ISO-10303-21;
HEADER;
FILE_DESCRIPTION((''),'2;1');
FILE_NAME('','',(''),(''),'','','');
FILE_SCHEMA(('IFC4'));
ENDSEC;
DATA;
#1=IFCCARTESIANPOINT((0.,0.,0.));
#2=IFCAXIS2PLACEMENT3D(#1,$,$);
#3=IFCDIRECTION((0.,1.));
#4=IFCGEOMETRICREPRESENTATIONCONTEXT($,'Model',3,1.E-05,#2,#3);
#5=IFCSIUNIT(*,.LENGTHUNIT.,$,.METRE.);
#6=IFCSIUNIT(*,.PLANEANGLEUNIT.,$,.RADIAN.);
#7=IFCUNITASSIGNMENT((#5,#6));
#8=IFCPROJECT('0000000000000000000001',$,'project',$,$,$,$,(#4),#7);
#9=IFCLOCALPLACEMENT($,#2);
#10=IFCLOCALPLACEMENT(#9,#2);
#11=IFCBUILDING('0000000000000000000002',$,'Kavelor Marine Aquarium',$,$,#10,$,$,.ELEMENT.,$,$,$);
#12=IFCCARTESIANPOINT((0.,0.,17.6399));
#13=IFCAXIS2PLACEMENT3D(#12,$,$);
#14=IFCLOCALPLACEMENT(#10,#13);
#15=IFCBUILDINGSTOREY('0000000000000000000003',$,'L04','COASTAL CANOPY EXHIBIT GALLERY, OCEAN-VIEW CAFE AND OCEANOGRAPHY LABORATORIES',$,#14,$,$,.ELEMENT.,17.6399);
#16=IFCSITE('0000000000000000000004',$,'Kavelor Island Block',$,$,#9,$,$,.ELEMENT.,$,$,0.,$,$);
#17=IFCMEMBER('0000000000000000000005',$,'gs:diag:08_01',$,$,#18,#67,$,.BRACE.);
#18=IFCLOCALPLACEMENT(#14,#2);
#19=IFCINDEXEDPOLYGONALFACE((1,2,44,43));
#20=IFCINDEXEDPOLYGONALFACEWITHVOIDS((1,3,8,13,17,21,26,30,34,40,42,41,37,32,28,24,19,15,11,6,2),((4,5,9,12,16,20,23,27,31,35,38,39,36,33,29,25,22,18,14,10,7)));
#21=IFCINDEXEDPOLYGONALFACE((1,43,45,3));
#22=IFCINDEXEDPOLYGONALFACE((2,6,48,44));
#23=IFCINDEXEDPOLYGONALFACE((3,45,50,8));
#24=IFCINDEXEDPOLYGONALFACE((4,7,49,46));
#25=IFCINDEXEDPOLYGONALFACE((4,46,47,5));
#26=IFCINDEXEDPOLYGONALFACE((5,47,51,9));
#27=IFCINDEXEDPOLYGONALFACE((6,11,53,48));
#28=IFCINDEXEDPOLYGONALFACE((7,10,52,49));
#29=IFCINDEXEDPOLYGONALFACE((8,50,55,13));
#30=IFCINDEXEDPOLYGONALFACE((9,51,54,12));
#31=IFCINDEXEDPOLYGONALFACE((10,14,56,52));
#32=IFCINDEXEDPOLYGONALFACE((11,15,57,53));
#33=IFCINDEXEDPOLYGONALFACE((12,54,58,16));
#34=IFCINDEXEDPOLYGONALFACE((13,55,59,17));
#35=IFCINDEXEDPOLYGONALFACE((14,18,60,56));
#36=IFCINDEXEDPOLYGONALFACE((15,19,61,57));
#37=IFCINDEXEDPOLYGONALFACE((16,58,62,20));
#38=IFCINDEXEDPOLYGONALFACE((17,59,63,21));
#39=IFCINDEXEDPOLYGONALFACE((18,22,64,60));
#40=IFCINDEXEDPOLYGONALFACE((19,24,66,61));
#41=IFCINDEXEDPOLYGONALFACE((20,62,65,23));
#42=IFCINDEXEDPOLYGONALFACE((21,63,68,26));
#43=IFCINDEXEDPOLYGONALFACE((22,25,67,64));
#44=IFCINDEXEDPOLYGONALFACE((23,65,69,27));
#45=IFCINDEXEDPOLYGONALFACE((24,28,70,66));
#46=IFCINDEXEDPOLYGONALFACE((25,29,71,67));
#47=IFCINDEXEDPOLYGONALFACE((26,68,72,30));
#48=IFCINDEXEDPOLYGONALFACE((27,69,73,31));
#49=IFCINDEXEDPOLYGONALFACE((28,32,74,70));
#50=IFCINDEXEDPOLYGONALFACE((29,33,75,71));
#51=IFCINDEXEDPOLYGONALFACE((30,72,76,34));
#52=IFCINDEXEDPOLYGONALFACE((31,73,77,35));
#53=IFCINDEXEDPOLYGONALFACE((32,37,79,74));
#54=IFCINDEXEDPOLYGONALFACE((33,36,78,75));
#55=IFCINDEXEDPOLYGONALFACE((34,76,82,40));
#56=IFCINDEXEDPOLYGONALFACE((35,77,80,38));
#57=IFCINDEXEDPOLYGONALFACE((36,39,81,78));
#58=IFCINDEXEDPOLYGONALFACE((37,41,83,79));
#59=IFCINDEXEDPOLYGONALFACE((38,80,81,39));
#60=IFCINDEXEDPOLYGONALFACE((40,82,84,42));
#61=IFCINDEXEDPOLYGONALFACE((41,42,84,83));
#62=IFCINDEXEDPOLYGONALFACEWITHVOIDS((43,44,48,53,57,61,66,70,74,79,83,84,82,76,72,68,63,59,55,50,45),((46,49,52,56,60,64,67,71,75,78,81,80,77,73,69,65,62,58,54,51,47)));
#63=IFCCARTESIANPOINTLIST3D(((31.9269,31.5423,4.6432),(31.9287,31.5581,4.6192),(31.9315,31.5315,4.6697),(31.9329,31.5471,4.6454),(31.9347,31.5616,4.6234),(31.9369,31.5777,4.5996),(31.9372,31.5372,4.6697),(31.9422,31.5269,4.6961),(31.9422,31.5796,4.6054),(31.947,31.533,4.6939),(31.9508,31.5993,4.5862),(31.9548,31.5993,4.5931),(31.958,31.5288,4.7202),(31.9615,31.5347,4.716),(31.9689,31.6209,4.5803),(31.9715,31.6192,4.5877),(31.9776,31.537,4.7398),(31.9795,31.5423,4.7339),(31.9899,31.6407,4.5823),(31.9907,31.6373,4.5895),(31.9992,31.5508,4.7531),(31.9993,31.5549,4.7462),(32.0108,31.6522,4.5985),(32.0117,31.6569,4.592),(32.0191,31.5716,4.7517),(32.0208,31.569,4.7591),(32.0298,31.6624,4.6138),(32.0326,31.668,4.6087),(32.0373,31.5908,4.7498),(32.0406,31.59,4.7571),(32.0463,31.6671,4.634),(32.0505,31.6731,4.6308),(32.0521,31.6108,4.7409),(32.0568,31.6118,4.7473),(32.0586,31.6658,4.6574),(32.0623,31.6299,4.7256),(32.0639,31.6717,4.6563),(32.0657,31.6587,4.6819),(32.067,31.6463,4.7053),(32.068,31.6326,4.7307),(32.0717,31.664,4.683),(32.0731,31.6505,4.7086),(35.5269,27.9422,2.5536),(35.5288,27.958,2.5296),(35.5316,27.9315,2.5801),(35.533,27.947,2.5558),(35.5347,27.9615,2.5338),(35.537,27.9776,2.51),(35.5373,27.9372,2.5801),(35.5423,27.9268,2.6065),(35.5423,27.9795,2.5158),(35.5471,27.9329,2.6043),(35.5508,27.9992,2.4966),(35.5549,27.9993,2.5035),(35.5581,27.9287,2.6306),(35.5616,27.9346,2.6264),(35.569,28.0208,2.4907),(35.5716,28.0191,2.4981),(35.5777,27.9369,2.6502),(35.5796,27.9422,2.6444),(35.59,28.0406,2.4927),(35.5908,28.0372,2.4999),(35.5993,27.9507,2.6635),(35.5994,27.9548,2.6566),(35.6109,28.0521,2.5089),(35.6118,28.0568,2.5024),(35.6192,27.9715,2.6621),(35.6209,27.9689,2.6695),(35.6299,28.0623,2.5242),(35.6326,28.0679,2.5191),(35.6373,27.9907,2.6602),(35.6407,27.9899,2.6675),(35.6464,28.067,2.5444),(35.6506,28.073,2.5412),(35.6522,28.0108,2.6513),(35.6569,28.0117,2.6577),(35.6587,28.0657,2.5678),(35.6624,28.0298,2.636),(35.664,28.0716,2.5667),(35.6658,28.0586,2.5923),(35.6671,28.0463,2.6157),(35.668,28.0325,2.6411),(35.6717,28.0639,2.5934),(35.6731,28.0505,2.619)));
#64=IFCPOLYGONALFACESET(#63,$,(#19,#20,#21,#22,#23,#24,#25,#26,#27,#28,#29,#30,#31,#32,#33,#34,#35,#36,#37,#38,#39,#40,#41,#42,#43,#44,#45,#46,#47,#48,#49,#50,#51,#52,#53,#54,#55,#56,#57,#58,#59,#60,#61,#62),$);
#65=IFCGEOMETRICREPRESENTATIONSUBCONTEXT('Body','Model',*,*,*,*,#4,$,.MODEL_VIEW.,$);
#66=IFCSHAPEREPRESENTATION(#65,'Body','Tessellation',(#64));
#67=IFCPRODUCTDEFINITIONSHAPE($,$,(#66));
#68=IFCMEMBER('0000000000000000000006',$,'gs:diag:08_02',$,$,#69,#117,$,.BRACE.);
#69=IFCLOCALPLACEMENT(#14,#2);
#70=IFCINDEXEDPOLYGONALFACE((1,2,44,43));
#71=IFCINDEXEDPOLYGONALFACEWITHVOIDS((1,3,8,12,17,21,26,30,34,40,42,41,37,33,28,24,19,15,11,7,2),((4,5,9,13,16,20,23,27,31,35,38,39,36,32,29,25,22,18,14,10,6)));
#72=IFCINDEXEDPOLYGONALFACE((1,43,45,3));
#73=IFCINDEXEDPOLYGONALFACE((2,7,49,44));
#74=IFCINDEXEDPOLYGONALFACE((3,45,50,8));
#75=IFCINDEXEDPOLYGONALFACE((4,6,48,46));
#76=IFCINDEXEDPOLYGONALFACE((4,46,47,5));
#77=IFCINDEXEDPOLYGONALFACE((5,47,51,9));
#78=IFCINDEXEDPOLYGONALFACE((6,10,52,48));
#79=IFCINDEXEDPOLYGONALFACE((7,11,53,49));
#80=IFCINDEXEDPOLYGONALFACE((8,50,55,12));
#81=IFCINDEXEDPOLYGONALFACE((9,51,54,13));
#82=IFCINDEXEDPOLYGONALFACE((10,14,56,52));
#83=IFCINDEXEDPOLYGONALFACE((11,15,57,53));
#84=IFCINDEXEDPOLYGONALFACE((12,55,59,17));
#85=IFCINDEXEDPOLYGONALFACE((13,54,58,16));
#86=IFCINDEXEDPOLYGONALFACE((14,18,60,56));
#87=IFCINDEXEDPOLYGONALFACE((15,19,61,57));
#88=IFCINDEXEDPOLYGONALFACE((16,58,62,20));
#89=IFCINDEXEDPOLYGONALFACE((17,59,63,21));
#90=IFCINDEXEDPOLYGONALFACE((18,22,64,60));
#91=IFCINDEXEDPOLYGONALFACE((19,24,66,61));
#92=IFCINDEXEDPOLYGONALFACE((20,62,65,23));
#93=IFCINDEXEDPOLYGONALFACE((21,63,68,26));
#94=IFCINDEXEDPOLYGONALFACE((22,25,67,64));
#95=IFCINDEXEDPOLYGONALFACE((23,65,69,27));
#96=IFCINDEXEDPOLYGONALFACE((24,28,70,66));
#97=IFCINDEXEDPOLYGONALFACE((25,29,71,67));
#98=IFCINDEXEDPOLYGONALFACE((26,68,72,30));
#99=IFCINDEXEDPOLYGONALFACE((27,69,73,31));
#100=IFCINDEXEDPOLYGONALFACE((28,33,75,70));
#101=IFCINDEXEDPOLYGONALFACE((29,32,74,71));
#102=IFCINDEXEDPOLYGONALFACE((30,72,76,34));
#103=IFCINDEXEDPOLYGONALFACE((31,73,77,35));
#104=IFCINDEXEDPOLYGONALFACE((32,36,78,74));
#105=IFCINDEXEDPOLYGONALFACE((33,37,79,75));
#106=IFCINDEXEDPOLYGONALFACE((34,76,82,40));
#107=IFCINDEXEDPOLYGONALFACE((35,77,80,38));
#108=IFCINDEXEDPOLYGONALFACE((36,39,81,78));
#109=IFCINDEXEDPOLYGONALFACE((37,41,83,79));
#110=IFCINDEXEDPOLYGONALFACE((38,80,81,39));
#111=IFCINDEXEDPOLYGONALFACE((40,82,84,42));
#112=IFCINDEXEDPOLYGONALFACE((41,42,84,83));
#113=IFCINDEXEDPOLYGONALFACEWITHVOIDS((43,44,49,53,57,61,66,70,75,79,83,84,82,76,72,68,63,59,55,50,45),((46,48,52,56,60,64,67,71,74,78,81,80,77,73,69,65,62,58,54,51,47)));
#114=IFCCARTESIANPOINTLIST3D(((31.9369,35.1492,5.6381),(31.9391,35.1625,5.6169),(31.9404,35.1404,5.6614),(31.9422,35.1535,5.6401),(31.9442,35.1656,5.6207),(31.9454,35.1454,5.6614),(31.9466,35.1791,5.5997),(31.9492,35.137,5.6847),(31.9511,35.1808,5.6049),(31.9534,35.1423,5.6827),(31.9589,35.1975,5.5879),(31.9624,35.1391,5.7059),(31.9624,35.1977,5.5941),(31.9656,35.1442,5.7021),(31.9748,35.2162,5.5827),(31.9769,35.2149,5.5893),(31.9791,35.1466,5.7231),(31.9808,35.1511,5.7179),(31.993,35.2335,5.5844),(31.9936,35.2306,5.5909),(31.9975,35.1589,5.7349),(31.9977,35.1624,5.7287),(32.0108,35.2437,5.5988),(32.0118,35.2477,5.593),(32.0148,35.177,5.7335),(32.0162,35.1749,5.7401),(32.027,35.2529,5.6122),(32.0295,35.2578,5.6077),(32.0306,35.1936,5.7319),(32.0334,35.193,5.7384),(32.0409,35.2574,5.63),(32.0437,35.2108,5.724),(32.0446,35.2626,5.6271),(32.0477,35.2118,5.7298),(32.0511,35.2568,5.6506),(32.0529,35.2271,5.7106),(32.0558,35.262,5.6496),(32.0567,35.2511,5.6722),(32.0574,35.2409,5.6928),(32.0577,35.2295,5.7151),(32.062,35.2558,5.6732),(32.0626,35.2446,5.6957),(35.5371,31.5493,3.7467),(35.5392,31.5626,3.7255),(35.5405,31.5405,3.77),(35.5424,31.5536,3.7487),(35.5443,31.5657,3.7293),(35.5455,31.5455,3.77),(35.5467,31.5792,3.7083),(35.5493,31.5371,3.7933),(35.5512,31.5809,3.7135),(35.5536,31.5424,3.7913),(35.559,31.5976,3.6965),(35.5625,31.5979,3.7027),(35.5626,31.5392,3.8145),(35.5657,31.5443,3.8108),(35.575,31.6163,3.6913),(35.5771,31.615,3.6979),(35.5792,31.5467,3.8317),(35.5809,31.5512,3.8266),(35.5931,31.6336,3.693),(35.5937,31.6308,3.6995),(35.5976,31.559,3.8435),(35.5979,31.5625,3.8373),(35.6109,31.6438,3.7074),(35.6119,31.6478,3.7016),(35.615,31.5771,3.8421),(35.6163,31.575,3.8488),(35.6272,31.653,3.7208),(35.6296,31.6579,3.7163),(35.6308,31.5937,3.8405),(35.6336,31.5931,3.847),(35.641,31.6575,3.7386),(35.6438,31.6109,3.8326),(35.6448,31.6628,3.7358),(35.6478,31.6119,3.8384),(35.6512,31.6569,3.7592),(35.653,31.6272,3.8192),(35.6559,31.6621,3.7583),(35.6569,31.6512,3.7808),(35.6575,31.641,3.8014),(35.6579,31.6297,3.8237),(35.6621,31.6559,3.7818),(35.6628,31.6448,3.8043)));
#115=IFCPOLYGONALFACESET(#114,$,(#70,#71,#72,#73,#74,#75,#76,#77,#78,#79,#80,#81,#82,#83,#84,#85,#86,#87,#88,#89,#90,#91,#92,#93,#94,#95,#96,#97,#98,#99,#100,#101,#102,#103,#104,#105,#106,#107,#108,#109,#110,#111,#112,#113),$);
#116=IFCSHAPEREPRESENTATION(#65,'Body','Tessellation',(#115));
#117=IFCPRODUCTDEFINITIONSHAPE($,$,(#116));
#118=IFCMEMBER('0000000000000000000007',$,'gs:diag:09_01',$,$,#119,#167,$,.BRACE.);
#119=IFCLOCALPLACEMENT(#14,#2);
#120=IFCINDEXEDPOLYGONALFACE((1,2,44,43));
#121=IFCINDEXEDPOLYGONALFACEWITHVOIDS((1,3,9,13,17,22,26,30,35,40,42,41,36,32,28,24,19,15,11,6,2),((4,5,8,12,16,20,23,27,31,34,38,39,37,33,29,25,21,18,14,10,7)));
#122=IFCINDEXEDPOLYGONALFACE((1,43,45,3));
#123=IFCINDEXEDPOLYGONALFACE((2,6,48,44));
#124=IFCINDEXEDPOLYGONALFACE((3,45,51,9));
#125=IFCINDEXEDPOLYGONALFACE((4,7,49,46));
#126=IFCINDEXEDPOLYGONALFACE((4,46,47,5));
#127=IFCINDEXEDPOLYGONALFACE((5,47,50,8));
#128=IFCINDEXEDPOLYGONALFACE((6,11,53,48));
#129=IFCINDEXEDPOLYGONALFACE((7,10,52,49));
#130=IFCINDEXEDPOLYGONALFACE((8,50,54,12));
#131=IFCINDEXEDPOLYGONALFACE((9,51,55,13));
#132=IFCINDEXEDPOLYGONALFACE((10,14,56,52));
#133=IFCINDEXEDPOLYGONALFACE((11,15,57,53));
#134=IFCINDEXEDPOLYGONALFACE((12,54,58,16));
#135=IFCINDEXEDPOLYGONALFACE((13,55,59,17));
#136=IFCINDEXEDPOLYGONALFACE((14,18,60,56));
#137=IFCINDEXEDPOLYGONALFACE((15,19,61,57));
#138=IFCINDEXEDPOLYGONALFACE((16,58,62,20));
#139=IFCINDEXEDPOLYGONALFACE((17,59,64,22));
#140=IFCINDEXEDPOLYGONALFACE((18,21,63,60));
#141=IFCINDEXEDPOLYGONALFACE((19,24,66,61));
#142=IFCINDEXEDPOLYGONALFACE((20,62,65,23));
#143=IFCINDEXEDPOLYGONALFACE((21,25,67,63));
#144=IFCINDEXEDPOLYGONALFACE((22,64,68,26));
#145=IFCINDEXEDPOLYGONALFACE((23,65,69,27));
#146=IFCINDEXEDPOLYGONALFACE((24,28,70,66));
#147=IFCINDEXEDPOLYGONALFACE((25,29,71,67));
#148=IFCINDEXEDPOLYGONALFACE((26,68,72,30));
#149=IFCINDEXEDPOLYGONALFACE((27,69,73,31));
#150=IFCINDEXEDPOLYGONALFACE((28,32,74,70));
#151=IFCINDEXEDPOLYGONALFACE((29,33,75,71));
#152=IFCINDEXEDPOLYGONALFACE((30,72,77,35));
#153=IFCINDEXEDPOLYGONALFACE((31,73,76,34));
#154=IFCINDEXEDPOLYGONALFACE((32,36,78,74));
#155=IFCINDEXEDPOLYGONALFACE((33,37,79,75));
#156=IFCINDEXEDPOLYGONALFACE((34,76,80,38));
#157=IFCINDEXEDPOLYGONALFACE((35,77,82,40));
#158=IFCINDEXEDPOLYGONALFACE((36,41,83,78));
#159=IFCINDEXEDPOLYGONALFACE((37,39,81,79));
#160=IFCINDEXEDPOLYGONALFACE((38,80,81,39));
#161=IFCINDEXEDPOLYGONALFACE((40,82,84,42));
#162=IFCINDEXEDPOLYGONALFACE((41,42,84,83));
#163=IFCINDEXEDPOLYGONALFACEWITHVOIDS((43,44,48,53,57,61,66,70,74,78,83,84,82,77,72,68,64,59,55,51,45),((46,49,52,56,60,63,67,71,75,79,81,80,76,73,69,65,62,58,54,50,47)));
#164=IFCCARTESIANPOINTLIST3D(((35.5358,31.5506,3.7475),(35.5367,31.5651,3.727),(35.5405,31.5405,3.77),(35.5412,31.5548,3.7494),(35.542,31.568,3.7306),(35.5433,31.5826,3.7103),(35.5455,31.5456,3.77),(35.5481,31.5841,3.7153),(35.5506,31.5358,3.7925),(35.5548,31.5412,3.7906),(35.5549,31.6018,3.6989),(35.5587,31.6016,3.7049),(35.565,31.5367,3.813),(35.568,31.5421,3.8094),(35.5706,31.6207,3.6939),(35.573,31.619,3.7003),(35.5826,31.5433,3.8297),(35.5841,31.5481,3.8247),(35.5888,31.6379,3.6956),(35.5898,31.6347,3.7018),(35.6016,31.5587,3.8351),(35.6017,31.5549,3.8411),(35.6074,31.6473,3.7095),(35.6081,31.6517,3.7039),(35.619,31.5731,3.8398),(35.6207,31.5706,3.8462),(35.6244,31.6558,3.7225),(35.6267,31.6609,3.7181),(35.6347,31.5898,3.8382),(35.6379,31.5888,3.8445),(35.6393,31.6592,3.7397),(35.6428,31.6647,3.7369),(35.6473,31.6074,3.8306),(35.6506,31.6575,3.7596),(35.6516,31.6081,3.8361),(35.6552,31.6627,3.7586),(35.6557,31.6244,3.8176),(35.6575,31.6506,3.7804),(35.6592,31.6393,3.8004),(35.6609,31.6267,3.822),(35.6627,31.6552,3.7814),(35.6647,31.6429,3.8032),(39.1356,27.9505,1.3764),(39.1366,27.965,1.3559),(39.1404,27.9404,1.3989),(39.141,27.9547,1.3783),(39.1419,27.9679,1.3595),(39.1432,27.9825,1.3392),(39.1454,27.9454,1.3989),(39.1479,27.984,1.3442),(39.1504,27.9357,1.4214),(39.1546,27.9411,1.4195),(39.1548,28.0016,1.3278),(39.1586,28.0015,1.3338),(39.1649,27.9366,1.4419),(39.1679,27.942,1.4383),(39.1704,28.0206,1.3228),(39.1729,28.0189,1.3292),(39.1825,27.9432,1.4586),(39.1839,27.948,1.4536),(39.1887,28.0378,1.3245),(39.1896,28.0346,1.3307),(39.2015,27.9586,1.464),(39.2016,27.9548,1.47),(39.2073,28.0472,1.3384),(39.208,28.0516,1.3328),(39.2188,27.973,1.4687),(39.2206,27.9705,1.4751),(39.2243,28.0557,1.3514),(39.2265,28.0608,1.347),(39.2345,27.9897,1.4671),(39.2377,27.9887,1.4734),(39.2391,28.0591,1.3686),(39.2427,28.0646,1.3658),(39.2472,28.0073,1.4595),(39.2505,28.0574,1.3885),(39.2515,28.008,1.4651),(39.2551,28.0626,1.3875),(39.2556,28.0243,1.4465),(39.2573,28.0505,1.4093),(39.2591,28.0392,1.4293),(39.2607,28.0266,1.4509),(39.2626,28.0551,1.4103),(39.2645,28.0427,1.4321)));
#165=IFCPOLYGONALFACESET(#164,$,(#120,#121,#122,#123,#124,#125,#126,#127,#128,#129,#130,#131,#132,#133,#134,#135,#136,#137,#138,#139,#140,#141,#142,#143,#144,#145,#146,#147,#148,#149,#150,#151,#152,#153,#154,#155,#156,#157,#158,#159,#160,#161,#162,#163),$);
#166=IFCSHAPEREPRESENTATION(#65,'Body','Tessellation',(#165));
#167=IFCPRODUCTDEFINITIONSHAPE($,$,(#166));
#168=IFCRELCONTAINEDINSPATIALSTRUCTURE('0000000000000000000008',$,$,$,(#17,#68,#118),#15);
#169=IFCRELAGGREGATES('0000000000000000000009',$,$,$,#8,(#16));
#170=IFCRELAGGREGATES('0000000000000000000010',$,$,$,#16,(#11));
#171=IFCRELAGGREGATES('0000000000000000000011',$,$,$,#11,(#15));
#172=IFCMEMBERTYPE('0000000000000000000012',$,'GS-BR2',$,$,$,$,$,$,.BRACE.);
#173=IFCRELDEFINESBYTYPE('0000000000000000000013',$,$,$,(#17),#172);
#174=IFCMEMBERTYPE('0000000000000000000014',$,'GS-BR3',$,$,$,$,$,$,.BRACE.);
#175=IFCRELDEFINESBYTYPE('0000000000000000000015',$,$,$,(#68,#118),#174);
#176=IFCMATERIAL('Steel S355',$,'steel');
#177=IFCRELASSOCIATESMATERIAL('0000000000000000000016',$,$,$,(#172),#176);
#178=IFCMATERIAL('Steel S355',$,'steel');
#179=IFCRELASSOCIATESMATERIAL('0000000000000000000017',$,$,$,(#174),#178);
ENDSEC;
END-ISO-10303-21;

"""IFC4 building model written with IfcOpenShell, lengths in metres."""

from ifc_helpers import new_model, si_unit, direction, frame, origin, origin_2d, place, context, subcontext, project, spatial, hollow_circle, extrude, material, material_profile, profile_set, type_object, element, save


model = new_model("IFC4")

# Units and contexts
model_context = context("Model", 3, precision=1e-05, world=origin(), true_north=direction((0.0, 1.0)))
body_context = subcontext(model_context, "Body", "Model", "MODEL_VIEW")
ifc_project = project(units=[si_unit("LENGTHUNIT", "METRE"), si_unit("PLANEANGLEUNIT", "RADIAN")], contexts=[model_context])

# Site, building, storey
site_placement = place(None, origin())
site = spatial("IfcSite", under=ifc_project, at=site_placement, Name="Kavelor Island Block", CompositionType="ELEMENT", RefElevation=0.0)
building_placement = place(site_placement, origin())
building = spatial("IfcBuilding", under=site, at=building_placement, Name="Kavelor Marine Aquarium", CompositionType="ELEMENT")
storey_placement = place(building_placement, frame((0.0, 0.0, 17.6399)))
storey = spatial("IfcBuildingStorey", under=building, at=storey_placement, Name="L04", Description="COASTAL CANOPY EXHIBIT GALLERY, OCEAN-VIEW CAFE AND OCEANOGRAPHY LABORATORIES", CompositionType="ELEMENT", Elevation=17.6399)

# Members
ifc_material_1 = material(Name="Steel S355", Category="steel")
ifc_material_profile_1 = material_profile(ifc_material_1, hollow_circle(Radius=0.0969, WallThickness=0.0081, at=origin_2d()), Name="CHS 193.7x8.0")
ifc_profile_set_1 = profile_set([ifc_material_profile_1], Name="Steel S355")
member_type_1 = type_object("IfcMemberType", Name="GS-BR2", PredefinedType="BRACE", material=ifc_profile_set_1)
member_1_placement = place(storey_placement, frame((35.6001, 28.0, 2.5801), z_axis=(-0.654154, 0.654154, 0.37969), x_axis=(-0.707107, -0.707107, 0.0)))
element("IfcMember", 1, at=member_1_placement, inside=storey, type_object=member_type_1, Name="gs:diag:08_01", PredefinedType="BRACE", context=body_context, shape_type="SweptSolid", body=[
    extrude(hollow_circle(Radius=0.0969, WallThickness=0.0081, at=origin_2d()), origin(), (0.0, 0.0, 1.0), 5.5034),
])
ifc_material_2 = material(Name="Steel S355", Category="steel")
ifc_material_profile_2 = material_profile(ifc_material_2, hollow_circle(Radius=0.0842, WallThickness=0.0071, at=origin_2d()), Name="CHS 168.3x7.1")
ifc_profile_set_2 = profile_set([ifc_material_profile_2], Name="Steel S355")
member_type_2 = type_object("IfcMemberType", Name="GS-BR3", PredefinedType="BRACE", material=ifc_profile_set_2)
member_2_placement = place(storey_placement, frame((35.6001, 31.6001, 3.77), z_axis=(-0.662867, 0.662822, 0.348246), x_axis=(-0.707083, -0.707131, 0.0)))
element("IfcMember", 2, at=member_2_placement, inside=storey, type_object=member_type_2, Name="gs:diag:08_02", PredefinedType="BRACE", context=body_context, shape_type="SweptSolid", body=[
    extrude(hollow_circle(Radius=0.0842, WallThickness=0.0071, at=origin_2d()), origin(), (0.0, 0.0, 1.0), 5.4312),
])
member_3_placement = place(storey_placement, frame((39.2, 28.0, 1.3989), z_axis=(-0.640976, 0.64102, 0.422188), x_axis=(-0.707131, -0.707083, 0.0)))
element("IfcMember", 3, at=member_3_placement, inside=storey, type_object=member_type_2, Name="gs:diag:09_01", PredefinedType="BRACE", context=body_context, shape_type="SweptSolid", body=[
    extrude(hollow_circle(Radius=0.0842, WallThickness=0.0071, at=origin_2d()), origin(), (0.0, 0.0, 1.0), 5.6162),
])

save(model, "model.ifc")
